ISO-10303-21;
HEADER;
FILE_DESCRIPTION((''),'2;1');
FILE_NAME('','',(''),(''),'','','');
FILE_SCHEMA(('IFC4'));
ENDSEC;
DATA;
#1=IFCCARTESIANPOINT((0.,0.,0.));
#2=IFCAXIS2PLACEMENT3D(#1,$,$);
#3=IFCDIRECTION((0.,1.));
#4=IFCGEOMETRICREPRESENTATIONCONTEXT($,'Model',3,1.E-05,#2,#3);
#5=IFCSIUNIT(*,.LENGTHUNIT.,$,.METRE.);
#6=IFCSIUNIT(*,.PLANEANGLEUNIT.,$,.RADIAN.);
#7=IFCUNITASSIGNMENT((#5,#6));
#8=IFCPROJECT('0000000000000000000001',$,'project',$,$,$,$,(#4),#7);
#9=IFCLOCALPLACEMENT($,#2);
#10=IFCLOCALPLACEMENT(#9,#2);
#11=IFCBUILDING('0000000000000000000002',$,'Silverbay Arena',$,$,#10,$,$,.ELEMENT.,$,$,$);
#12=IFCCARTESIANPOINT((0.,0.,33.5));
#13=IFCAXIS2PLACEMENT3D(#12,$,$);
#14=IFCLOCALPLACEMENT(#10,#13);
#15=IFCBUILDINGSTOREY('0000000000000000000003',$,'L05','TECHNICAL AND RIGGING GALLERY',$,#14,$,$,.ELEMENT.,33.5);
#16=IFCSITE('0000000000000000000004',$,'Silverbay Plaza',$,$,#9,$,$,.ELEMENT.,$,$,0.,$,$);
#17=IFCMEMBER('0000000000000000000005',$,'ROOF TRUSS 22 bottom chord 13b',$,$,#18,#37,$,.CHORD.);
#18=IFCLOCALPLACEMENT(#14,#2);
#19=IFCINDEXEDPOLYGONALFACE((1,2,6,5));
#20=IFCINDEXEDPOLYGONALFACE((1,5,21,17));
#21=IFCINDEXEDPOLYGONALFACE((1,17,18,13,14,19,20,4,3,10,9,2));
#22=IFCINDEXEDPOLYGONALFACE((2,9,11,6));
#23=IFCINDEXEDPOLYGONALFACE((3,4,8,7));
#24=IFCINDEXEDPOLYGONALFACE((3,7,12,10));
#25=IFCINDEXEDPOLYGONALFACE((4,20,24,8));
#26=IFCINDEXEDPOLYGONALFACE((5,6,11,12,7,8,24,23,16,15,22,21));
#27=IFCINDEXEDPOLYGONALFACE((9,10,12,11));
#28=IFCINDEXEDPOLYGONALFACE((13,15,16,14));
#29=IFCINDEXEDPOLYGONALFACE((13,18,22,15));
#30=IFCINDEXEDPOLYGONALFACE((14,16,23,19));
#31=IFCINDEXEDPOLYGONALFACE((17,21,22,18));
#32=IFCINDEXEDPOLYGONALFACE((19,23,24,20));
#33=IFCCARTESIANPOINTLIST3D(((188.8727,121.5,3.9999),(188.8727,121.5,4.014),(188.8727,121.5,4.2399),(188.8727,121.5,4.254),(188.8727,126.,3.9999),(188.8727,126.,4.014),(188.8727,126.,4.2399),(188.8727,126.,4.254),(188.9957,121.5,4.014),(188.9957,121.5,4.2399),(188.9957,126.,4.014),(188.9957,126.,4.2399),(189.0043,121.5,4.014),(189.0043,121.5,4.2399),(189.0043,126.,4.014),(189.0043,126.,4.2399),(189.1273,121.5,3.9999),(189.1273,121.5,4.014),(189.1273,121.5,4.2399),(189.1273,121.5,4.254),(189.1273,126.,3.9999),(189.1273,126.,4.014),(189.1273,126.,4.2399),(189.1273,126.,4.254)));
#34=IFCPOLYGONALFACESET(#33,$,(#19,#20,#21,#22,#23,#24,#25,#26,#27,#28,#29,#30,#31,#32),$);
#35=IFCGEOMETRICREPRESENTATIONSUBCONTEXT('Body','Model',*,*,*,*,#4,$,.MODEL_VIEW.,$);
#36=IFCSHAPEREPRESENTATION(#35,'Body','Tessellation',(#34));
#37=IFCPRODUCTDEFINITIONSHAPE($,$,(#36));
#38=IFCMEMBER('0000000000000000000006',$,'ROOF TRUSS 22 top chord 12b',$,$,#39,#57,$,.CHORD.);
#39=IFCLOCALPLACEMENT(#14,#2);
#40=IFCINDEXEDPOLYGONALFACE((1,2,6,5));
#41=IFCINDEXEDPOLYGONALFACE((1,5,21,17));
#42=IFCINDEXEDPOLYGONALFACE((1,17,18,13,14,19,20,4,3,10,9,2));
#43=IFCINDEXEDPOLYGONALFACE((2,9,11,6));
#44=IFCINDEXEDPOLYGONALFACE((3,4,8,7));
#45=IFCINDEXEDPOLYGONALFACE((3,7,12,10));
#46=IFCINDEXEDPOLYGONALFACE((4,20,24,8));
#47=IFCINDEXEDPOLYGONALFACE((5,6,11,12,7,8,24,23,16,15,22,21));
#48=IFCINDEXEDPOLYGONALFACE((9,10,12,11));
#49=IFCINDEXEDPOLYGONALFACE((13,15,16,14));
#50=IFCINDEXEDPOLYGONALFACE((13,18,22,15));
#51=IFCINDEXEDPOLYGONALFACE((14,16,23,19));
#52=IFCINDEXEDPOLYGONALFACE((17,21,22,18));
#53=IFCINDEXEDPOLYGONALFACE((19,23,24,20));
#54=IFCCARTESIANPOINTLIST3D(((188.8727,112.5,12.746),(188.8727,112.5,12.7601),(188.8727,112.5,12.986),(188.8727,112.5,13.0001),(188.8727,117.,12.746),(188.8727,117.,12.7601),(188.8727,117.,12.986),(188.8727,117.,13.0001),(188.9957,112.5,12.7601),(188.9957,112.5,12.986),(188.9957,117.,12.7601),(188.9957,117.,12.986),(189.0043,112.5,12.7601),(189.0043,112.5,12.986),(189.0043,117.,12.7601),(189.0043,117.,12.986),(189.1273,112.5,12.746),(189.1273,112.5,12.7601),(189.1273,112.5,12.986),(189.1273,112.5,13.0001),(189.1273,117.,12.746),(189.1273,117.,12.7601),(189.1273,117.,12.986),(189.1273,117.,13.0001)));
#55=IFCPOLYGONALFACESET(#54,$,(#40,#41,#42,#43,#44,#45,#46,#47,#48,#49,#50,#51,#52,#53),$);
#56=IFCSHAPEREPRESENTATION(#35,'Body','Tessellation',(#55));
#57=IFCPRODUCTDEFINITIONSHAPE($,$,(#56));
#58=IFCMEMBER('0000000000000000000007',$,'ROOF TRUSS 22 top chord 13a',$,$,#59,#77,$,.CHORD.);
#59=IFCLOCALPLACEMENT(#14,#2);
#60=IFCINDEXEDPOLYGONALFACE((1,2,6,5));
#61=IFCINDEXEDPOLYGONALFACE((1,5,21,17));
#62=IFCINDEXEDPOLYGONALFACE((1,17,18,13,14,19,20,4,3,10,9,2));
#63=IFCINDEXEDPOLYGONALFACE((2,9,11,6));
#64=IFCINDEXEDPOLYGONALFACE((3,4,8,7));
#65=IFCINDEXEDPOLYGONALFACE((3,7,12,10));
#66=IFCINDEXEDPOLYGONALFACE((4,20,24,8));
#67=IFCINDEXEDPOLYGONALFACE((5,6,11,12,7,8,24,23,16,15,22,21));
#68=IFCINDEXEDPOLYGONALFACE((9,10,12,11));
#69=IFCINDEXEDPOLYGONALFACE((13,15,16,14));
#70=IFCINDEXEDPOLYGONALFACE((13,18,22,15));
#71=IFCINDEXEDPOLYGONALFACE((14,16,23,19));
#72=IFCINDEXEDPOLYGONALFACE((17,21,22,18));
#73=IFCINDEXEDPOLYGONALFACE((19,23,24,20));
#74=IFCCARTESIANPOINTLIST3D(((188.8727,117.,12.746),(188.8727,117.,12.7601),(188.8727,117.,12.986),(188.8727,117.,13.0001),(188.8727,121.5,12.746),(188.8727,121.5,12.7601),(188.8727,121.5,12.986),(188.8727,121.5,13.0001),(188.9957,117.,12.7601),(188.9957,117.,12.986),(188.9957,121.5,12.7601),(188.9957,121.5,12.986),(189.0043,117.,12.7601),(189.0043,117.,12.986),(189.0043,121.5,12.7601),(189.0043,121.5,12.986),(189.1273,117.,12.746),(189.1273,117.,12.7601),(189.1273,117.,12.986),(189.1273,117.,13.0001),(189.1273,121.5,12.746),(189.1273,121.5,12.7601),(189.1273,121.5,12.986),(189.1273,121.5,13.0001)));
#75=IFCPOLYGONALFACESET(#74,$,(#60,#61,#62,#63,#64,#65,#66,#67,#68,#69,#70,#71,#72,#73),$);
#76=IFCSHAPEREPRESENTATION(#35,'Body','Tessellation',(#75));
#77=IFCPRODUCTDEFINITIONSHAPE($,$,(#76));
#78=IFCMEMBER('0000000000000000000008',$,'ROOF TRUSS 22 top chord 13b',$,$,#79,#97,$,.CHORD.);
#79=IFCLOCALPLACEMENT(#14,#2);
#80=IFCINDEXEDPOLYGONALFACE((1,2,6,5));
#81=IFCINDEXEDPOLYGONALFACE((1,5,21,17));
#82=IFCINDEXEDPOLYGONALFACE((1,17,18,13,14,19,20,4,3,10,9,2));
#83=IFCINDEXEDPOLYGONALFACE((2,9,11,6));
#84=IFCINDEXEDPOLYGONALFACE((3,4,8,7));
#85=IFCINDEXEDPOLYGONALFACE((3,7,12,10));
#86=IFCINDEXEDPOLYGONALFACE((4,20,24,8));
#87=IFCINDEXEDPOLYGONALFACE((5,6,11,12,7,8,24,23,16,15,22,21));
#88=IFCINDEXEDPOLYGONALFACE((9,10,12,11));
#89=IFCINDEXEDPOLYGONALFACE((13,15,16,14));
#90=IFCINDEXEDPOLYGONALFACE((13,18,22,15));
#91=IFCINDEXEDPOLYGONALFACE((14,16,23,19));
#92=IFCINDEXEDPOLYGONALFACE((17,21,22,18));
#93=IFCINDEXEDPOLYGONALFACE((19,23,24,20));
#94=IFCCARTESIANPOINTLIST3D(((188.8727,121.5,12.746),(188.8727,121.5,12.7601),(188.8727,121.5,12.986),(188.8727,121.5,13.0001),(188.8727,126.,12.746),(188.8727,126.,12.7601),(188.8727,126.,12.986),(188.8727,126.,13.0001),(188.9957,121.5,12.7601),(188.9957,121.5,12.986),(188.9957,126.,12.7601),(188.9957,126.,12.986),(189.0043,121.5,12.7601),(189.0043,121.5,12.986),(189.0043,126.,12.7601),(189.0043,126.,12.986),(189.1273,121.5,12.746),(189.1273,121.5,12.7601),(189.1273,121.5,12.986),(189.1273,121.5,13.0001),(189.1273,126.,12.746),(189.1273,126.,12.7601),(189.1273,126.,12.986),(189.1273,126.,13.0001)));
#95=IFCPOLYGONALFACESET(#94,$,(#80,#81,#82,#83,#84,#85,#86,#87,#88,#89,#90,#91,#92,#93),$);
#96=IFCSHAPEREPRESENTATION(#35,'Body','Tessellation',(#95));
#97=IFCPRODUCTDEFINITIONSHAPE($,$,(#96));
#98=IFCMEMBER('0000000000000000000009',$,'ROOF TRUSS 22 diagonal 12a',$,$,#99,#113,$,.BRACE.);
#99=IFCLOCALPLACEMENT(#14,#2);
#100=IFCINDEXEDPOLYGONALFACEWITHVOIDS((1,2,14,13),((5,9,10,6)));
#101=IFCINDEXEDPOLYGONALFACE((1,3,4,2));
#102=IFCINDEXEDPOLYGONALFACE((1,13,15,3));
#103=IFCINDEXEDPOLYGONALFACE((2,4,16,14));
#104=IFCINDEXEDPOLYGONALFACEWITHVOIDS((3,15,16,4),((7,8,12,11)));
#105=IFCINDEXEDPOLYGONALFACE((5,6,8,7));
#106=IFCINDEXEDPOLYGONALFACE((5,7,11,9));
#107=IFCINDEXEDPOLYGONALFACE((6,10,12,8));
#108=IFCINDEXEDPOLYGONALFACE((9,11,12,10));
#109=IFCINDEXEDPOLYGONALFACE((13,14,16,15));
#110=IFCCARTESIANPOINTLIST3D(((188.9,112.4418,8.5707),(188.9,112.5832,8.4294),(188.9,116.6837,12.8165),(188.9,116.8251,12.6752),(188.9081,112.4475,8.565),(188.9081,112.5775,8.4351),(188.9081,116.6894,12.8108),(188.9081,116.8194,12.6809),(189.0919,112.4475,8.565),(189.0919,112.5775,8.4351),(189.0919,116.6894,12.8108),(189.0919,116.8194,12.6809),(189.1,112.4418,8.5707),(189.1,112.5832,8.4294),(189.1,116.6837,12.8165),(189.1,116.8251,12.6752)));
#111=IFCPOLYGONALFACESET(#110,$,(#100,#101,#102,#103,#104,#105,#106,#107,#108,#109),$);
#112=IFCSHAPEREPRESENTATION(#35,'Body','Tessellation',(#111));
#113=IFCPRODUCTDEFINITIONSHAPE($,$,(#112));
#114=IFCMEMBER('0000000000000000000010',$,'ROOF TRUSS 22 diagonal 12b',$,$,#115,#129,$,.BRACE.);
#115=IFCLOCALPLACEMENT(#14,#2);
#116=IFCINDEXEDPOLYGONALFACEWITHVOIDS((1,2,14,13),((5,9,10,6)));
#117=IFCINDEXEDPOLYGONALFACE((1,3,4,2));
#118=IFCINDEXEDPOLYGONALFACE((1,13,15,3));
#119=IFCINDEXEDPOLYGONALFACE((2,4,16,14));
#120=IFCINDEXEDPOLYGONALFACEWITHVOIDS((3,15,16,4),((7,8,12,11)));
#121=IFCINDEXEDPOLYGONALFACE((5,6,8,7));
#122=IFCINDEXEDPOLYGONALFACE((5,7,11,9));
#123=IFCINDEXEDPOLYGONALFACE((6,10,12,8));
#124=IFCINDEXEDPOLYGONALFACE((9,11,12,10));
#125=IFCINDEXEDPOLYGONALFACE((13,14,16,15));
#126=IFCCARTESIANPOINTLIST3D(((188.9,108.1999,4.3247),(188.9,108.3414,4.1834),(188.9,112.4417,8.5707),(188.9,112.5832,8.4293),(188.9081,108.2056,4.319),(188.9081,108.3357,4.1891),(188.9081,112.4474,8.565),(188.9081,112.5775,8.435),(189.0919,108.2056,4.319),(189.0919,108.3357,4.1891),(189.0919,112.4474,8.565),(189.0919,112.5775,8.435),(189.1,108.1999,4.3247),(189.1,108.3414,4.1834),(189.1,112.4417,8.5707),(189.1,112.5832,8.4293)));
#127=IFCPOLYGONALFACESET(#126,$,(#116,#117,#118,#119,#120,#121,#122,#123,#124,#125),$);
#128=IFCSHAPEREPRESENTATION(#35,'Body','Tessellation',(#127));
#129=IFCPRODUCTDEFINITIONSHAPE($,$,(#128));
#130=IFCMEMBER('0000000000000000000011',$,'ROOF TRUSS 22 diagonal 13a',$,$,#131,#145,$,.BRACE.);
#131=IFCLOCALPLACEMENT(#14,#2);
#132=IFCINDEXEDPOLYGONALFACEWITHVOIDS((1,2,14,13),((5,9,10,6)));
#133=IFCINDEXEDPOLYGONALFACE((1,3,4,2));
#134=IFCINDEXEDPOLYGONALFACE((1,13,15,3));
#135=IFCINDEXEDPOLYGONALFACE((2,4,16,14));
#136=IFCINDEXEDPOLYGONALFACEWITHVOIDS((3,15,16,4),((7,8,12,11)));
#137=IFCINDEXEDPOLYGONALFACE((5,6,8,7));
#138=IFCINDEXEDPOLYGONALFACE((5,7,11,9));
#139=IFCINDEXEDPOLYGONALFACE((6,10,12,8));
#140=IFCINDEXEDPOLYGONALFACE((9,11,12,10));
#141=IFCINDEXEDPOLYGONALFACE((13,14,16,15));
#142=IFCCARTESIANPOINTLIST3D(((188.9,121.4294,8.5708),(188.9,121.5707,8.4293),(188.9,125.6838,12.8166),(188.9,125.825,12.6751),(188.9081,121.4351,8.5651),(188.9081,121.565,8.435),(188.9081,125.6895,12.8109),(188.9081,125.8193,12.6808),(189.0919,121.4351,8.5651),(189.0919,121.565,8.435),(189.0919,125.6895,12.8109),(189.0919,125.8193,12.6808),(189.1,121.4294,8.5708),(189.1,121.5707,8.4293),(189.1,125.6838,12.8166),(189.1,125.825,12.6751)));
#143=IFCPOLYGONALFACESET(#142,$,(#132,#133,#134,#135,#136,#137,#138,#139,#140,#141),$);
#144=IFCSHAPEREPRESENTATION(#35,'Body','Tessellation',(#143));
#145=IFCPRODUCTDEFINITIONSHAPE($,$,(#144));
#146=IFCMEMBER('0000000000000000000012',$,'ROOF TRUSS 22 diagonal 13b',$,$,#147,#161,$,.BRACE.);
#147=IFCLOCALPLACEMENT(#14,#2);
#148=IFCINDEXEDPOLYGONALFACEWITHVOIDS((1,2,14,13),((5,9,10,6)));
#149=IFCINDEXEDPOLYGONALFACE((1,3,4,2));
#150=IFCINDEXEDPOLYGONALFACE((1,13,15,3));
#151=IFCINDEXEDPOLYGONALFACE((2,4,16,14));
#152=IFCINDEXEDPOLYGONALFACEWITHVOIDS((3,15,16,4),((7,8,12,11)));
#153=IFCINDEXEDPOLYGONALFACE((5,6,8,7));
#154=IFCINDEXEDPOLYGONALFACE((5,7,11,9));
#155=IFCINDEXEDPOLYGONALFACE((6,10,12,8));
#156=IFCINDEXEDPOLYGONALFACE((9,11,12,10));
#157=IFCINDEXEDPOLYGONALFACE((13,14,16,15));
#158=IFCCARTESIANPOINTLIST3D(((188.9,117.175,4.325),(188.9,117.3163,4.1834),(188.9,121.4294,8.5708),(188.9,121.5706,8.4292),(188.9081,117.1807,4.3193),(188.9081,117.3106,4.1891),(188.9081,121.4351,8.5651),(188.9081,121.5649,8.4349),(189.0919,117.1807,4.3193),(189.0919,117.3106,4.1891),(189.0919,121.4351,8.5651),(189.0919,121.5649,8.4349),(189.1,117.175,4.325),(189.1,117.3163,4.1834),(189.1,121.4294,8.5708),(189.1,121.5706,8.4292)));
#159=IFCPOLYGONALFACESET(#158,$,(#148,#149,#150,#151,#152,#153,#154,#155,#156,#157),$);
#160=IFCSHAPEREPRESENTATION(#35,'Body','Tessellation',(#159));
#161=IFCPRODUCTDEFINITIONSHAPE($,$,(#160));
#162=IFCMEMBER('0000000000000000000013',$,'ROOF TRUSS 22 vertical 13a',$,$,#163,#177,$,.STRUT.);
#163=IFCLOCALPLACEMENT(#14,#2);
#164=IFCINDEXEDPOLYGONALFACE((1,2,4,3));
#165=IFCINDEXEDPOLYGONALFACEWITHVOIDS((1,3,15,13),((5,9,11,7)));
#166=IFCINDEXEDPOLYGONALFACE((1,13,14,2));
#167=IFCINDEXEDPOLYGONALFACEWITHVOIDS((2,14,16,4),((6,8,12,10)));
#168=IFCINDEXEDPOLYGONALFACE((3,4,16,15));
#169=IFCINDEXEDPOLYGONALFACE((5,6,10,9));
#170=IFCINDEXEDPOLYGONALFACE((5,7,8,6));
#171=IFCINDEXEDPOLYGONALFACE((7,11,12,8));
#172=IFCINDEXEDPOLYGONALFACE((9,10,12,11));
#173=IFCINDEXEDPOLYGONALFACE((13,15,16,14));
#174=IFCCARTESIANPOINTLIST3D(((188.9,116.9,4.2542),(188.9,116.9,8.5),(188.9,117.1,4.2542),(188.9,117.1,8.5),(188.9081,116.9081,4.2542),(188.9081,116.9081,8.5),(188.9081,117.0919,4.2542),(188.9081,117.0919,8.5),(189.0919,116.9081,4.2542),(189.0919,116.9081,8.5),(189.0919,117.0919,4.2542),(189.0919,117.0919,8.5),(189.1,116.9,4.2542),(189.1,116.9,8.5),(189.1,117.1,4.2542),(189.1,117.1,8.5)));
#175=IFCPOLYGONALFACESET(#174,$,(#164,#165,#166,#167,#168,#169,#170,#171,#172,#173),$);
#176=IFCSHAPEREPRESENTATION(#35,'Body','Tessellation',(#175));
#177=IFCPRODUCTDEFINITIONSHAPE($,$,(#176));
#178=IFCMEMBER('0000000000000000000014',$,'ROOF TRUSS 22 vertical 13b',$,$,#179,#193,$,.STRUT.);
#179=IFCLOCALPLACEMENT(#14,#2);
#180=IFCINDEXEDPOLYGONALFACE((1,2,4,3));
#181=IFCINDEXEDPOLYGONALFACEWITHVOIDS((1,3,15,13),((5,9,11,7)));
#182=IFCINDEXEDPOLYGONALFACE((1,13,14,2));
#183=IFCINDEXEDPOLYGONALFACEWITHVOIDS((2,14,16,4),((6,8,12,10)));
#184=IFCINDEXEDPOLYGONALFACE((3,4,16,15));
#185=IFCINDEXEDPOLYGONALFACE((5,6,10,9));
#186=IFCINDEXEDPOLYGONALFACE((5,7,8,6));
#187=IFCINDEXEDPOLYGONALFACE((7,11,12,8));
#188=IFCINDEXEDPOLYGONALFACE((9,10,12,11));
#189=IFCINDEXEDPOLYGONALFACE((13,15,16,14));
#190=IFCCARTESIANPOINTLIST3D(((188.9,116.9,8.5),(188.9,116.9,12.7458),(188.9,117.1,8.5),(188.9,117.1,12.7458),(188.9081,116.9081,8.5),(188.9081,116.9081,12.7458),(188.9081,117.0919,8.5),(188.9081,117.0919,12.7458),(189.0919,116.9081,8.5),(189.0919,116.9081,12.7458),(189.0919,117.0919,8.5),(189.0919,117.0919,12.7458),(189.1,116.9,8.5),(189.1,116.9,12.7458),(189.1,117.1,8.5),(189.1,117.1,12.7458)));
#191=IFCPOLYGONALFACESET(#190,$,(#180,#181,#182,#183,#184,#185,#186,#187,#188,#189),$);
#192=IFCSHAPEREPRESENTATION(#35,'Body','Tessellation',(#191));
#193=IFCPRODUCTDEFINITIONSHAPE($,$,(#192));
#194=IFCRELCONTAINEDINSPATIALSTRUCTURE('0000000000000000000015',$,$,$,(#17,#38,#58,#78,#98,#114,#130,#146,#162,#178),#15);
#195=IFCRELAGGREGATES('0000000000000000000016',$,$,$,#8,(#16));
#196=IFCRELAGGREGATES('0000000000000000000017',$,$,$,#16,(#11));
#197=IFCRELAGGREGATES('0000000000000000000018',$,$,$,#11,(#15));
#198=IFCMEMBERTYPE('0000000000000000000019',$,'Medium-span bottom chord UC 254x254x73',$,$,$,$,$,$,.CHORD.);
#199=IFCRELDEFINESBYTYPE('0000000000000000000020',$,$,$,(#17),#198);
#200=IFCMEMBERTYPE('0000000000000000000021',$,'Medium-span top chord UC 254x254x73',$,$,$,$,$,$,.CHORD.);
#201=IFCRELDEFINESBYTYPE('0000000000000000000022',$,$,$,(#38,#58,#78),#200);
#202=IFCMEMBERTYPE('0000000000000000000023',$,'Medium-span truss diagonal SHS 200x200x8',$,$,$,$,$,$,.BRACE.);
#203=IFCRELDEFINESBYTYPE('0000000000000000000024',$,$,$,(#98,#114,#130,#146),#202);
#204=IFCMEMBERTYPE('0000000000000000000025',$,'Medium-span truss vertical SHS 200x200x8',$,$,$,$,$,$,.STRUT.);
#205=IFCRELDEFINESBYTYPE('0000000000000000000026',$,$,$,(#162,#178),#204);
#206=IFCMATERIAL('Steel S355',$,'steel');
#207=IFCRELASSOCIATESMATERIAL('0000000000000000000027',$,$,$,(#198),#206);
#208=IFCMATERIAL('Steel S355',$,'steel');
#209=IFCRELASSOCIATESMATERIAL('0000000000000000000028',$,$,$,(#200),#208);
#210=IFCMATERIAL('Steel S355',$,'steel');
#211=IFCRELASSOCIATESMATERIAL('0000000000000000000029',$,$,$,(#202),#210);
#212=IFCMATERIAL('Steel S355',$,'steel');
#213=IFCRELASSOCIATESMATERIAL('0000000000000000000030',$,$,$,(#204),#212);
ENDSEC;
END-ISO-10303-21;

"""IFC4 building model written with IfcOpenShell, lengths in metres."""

from ifc_helpers import new_model, si_unit, direction, frame, origin, origin_2d, place, context, subcontext, project, spatial, hollow_rectangle, i_section, extrude, material, material_profile, profile_set, type_object, element, save


model = new_model("IFC4")

# Units and contexts
model_context = context("Model", 3, precision=1e-05, world=origin(), true_north=direction((0.0, 1.0)))
body_context = subcontext(model_context, "Body", "Model", "MODEL_VIEW")
ifc_project = project(units=[si_unit("LENGTHUNIT", "METRE"), si_unit("PLANEANGLEUNIT", "RADIAN")], contexts=[model_context])

# Site, building, storey
site_placement = place(None, origin())
site = spatial("IfcSite", under=ifc_project, at=site_placement, Name="Silverbay Plaza", CompositionType="ELEMENT", RefElevation=0.0)
building_placement = place(site_placement, origin())
building = spatial("IfcBuilding", under=site, at=building_placement, Name="Silverbay Arena", CompositionType="ELEMENT")
storey_placement = place(building_placement, frame((0.0, 0.0, 33.5)))
storey = spatial("IfcBuildingStorey", under=building, at=storey_placement, Name="L05", Description="TECHNICAL AND RIGGING GALLERY", CompositionType="ELEMENT", Elevation=33.5)

# Members
ifc_material_1 = material(Name="Steel S355", Category="steel")
ifc_material_profile_1 = material_profile(ifc_material_1, i_section(OverallWidth=0.2546, OverallDepth=0.2542, WebThickness=0.0085, FlangeThickness=0.0142, at=origin_2d()), Name="UC 254x254x73")
ifc_profile_set_1 = profile_set([ifc_material_profile_1], Name="Steel S355")
member_type_1 = type_object("IfcMemberType", Name="Medium-span bottom chord UC 254x254x73", PredefinedType="CHORD", material=ifc_profile_set_1)
for number, where, z_axis, x_axis, name in (
    (1, (189.0, 121.5, 4.127), (0.0, 1.0, 0.0), (-1.0, 0.0, 0.0), "ROOF TRUSS 22 bottom chord 13b"),
):
    element("IfcMember", number, at=place(storey_placement, frame(where, z_axis=z_axis, x_axis=x_axis)), inside=storey, type_object=member_type_1, Name=name, PredefinedType="CHORD", context=body_context, shape_type="SweptSolid", body=[
        extrude(i_section(OverallWidth=0.2546, OverallDepth=0.2542, WebThickness=0.0085, FlangeThickness=0.0142, at=origin_2d()), origin(), (0.0, 0.0, 1.0), 4.5),
    ])
ifc_material_2 = material(Name="Steel S355", Category="steel")
ifc_material_profile_2 = material_profile(ifc_material_2, i_section(OverallWidth=0.2546, OverallDepth=0.2542, WebThickness=0.0085, FlangeThickness=0.0142, at=origin_2d()), Name="UC 254x254x73")
ifc_profile_set_2 = profile_set([ifc_material_profile_2], Name="Steel S355")
member_type_2 = type_object("IfcMemberType", Name="Medium-span top chord UC 254x254x73", PredefinedType="CHORD", material=ifc_profile_set_2)
for number, where, z_axis, x_axis, name in (
    (2, (189.0, 112.5, 12.873), (0.0, 1.0, 0.0), (-1.0, 0.0, 0.0), "ROOF TRUSS 22 top chord 12b"),
    (3, (189.0, 117.0, 12.873), (0.0, 1.0, 0.0), (-1.0, 0.0, 0.0), "ROOF TRUSS 22 top chord 13a"),
    (4, (189.0, 121.5, 12.873), (0.0, 1.0, 0.0), (-1.0, 0.0, 0.0), "ROOF TRUSS 22 top chord 13b"),
):
    element("IfcMember", number, at=place(storey_placement, frame(where, z_axis=z_axis, x_axis=x_axis)), inside=storey, type_object=member_type_2, Name=name, PredefinedType="CHORD", context=body_context, shape_type="SweptSolid", body=[
        extrude(i_section(OverallWidth=0.2546, OverallDepth=0.2542, WebThickness=0.0085, FlangeThickness=0.0142, at=origin_2d()), origin(), (0.0, 0.0, 1.0), 4.5),
    ])
ifc_material_3 = material(Name="Steel S355", Category="steel")
ifc_material_profile_3 = material_profile(ifc_material_3, hollow_rectangle(XDim=0.2, YDim=0.2, WallThickness=0.0081, at=origin_2d()), Name="SHS 200x200x8")
ifc_profile_set_3 = profile_set([ifc_material_profile_3], Name="Steel S355")
member_type_3 = type_object("IfcMemberType", Name="Medium-span truss diagonal SHS 200x200x8", PredefinedType="BRACE", material=ifc_profile_set_3)
for number, where, z_axis, x_axis, name in (
    (5, (189.0, 116.7544, 12.7458), (0.0, -0.706781, -0.707432), (1.0, 0.0, 0.0), "ROOF TRUSS 22 diagonal 12a"),
    (6, (189.0, 112.5125, 8.5), (0.0, -0.706761, -0.707452), (1.0, 0.0, 0.0), "ROOF TRUSS 22 diagonal 12b"),
):
    element("IfcMember", number, at=place(storey_placement, frame(where, z_axis=z_axis, x_axis=x_axis)), inside=storey, type_object=member_type_3, Name=name, PredefinedType="BRACE", context=body_context, shape_type="SweptSolid", body=[
        extrude(hollow_rectangle(XDim=0.2, YDim=0.2, WallThickness=0.0081, at=origin_2d()), origin(), (0.0, 0.0, 1.0), 6.0017),
    ])
for number, where, z_axis, x_axis, name in (
    (7, (189.0, 125.7544, 12.7458), (0.0, -0.707817, -0.706396), (1.0, 0.0, 0.0), "ROOF TRUSS 22 diagonal 13a"),
    (8, (189.0, 121.5, 8.5), (0.0, -0.707817, -0.706396), (1.0, 0.0, 0.0), "ROOF TRUSS 22 diagonal 13b"),
):
    element("IfcMember", number, at=place(storey_placement, frame(where, z_axis=z_axis, x_axis=x_axis)), inside=storey, type_object=member_type_3, Name=name, PredefinedType="BRACE", context=body_context, shape_type="SweptSolid", body=[
        extrude(hollow_rectangle(XDim=0.2, YDim=0.2, WallThickness=0.0081, at=origin_2d()), origin(), (0.0, 0.0, 1.0), 6.0105),
    ])
ifc_material_4 = material(Name="Steel S355", Category="steel")
ifc_material_profile_4 = material_profile(ifc_material_4, hollow_rectangle(XDim=0.2, YDim=0.2, WallThickness=0.0081, at=origin_2d()), Name="SHS 200x200x8")
ifc_profile_set_4 = profile_set([ifc_material_profile_4], Name="Steel S355")
member_type_4 = type_object("IfcMemberType", Name="Medium-span truss vertical SHS 200x200x8", PredefinedType="STRUT", material=ifc_profile_set_4)
for number, where, z_axis, x_axis, name in (
    (9, (189.0, 117.0, 4.2542), (0.0, 0.0, 1.0), (1.0, 0.0, 0.0), "ROOF TRUSS 22 vertical 13a"),
    (10, (189.0, 117.0, 8.5), (0.0, 0.0, 1.0), (1.0, 0.0, 0.0), "ROOF TRUSS 22 vertical 13b"),
):
    element("IfcMember", number, at=place(storey_placement, frame(where, z_axis=z_axis, x_axis=x_axis)), inside=storey, type_object=member_type_4, Name=name, PredefinedType="STRUT", context=body_context, shape_type="SweptSolid", body=[
        extrude(hollow_rectangle(XDim=0.2, YDim=0.2, WallThickness=0.0081, at=origin_2d()), origin(), (0.0, 0.0, 1.0), 4.2458),
    ])

save(model, "model.ifc")
